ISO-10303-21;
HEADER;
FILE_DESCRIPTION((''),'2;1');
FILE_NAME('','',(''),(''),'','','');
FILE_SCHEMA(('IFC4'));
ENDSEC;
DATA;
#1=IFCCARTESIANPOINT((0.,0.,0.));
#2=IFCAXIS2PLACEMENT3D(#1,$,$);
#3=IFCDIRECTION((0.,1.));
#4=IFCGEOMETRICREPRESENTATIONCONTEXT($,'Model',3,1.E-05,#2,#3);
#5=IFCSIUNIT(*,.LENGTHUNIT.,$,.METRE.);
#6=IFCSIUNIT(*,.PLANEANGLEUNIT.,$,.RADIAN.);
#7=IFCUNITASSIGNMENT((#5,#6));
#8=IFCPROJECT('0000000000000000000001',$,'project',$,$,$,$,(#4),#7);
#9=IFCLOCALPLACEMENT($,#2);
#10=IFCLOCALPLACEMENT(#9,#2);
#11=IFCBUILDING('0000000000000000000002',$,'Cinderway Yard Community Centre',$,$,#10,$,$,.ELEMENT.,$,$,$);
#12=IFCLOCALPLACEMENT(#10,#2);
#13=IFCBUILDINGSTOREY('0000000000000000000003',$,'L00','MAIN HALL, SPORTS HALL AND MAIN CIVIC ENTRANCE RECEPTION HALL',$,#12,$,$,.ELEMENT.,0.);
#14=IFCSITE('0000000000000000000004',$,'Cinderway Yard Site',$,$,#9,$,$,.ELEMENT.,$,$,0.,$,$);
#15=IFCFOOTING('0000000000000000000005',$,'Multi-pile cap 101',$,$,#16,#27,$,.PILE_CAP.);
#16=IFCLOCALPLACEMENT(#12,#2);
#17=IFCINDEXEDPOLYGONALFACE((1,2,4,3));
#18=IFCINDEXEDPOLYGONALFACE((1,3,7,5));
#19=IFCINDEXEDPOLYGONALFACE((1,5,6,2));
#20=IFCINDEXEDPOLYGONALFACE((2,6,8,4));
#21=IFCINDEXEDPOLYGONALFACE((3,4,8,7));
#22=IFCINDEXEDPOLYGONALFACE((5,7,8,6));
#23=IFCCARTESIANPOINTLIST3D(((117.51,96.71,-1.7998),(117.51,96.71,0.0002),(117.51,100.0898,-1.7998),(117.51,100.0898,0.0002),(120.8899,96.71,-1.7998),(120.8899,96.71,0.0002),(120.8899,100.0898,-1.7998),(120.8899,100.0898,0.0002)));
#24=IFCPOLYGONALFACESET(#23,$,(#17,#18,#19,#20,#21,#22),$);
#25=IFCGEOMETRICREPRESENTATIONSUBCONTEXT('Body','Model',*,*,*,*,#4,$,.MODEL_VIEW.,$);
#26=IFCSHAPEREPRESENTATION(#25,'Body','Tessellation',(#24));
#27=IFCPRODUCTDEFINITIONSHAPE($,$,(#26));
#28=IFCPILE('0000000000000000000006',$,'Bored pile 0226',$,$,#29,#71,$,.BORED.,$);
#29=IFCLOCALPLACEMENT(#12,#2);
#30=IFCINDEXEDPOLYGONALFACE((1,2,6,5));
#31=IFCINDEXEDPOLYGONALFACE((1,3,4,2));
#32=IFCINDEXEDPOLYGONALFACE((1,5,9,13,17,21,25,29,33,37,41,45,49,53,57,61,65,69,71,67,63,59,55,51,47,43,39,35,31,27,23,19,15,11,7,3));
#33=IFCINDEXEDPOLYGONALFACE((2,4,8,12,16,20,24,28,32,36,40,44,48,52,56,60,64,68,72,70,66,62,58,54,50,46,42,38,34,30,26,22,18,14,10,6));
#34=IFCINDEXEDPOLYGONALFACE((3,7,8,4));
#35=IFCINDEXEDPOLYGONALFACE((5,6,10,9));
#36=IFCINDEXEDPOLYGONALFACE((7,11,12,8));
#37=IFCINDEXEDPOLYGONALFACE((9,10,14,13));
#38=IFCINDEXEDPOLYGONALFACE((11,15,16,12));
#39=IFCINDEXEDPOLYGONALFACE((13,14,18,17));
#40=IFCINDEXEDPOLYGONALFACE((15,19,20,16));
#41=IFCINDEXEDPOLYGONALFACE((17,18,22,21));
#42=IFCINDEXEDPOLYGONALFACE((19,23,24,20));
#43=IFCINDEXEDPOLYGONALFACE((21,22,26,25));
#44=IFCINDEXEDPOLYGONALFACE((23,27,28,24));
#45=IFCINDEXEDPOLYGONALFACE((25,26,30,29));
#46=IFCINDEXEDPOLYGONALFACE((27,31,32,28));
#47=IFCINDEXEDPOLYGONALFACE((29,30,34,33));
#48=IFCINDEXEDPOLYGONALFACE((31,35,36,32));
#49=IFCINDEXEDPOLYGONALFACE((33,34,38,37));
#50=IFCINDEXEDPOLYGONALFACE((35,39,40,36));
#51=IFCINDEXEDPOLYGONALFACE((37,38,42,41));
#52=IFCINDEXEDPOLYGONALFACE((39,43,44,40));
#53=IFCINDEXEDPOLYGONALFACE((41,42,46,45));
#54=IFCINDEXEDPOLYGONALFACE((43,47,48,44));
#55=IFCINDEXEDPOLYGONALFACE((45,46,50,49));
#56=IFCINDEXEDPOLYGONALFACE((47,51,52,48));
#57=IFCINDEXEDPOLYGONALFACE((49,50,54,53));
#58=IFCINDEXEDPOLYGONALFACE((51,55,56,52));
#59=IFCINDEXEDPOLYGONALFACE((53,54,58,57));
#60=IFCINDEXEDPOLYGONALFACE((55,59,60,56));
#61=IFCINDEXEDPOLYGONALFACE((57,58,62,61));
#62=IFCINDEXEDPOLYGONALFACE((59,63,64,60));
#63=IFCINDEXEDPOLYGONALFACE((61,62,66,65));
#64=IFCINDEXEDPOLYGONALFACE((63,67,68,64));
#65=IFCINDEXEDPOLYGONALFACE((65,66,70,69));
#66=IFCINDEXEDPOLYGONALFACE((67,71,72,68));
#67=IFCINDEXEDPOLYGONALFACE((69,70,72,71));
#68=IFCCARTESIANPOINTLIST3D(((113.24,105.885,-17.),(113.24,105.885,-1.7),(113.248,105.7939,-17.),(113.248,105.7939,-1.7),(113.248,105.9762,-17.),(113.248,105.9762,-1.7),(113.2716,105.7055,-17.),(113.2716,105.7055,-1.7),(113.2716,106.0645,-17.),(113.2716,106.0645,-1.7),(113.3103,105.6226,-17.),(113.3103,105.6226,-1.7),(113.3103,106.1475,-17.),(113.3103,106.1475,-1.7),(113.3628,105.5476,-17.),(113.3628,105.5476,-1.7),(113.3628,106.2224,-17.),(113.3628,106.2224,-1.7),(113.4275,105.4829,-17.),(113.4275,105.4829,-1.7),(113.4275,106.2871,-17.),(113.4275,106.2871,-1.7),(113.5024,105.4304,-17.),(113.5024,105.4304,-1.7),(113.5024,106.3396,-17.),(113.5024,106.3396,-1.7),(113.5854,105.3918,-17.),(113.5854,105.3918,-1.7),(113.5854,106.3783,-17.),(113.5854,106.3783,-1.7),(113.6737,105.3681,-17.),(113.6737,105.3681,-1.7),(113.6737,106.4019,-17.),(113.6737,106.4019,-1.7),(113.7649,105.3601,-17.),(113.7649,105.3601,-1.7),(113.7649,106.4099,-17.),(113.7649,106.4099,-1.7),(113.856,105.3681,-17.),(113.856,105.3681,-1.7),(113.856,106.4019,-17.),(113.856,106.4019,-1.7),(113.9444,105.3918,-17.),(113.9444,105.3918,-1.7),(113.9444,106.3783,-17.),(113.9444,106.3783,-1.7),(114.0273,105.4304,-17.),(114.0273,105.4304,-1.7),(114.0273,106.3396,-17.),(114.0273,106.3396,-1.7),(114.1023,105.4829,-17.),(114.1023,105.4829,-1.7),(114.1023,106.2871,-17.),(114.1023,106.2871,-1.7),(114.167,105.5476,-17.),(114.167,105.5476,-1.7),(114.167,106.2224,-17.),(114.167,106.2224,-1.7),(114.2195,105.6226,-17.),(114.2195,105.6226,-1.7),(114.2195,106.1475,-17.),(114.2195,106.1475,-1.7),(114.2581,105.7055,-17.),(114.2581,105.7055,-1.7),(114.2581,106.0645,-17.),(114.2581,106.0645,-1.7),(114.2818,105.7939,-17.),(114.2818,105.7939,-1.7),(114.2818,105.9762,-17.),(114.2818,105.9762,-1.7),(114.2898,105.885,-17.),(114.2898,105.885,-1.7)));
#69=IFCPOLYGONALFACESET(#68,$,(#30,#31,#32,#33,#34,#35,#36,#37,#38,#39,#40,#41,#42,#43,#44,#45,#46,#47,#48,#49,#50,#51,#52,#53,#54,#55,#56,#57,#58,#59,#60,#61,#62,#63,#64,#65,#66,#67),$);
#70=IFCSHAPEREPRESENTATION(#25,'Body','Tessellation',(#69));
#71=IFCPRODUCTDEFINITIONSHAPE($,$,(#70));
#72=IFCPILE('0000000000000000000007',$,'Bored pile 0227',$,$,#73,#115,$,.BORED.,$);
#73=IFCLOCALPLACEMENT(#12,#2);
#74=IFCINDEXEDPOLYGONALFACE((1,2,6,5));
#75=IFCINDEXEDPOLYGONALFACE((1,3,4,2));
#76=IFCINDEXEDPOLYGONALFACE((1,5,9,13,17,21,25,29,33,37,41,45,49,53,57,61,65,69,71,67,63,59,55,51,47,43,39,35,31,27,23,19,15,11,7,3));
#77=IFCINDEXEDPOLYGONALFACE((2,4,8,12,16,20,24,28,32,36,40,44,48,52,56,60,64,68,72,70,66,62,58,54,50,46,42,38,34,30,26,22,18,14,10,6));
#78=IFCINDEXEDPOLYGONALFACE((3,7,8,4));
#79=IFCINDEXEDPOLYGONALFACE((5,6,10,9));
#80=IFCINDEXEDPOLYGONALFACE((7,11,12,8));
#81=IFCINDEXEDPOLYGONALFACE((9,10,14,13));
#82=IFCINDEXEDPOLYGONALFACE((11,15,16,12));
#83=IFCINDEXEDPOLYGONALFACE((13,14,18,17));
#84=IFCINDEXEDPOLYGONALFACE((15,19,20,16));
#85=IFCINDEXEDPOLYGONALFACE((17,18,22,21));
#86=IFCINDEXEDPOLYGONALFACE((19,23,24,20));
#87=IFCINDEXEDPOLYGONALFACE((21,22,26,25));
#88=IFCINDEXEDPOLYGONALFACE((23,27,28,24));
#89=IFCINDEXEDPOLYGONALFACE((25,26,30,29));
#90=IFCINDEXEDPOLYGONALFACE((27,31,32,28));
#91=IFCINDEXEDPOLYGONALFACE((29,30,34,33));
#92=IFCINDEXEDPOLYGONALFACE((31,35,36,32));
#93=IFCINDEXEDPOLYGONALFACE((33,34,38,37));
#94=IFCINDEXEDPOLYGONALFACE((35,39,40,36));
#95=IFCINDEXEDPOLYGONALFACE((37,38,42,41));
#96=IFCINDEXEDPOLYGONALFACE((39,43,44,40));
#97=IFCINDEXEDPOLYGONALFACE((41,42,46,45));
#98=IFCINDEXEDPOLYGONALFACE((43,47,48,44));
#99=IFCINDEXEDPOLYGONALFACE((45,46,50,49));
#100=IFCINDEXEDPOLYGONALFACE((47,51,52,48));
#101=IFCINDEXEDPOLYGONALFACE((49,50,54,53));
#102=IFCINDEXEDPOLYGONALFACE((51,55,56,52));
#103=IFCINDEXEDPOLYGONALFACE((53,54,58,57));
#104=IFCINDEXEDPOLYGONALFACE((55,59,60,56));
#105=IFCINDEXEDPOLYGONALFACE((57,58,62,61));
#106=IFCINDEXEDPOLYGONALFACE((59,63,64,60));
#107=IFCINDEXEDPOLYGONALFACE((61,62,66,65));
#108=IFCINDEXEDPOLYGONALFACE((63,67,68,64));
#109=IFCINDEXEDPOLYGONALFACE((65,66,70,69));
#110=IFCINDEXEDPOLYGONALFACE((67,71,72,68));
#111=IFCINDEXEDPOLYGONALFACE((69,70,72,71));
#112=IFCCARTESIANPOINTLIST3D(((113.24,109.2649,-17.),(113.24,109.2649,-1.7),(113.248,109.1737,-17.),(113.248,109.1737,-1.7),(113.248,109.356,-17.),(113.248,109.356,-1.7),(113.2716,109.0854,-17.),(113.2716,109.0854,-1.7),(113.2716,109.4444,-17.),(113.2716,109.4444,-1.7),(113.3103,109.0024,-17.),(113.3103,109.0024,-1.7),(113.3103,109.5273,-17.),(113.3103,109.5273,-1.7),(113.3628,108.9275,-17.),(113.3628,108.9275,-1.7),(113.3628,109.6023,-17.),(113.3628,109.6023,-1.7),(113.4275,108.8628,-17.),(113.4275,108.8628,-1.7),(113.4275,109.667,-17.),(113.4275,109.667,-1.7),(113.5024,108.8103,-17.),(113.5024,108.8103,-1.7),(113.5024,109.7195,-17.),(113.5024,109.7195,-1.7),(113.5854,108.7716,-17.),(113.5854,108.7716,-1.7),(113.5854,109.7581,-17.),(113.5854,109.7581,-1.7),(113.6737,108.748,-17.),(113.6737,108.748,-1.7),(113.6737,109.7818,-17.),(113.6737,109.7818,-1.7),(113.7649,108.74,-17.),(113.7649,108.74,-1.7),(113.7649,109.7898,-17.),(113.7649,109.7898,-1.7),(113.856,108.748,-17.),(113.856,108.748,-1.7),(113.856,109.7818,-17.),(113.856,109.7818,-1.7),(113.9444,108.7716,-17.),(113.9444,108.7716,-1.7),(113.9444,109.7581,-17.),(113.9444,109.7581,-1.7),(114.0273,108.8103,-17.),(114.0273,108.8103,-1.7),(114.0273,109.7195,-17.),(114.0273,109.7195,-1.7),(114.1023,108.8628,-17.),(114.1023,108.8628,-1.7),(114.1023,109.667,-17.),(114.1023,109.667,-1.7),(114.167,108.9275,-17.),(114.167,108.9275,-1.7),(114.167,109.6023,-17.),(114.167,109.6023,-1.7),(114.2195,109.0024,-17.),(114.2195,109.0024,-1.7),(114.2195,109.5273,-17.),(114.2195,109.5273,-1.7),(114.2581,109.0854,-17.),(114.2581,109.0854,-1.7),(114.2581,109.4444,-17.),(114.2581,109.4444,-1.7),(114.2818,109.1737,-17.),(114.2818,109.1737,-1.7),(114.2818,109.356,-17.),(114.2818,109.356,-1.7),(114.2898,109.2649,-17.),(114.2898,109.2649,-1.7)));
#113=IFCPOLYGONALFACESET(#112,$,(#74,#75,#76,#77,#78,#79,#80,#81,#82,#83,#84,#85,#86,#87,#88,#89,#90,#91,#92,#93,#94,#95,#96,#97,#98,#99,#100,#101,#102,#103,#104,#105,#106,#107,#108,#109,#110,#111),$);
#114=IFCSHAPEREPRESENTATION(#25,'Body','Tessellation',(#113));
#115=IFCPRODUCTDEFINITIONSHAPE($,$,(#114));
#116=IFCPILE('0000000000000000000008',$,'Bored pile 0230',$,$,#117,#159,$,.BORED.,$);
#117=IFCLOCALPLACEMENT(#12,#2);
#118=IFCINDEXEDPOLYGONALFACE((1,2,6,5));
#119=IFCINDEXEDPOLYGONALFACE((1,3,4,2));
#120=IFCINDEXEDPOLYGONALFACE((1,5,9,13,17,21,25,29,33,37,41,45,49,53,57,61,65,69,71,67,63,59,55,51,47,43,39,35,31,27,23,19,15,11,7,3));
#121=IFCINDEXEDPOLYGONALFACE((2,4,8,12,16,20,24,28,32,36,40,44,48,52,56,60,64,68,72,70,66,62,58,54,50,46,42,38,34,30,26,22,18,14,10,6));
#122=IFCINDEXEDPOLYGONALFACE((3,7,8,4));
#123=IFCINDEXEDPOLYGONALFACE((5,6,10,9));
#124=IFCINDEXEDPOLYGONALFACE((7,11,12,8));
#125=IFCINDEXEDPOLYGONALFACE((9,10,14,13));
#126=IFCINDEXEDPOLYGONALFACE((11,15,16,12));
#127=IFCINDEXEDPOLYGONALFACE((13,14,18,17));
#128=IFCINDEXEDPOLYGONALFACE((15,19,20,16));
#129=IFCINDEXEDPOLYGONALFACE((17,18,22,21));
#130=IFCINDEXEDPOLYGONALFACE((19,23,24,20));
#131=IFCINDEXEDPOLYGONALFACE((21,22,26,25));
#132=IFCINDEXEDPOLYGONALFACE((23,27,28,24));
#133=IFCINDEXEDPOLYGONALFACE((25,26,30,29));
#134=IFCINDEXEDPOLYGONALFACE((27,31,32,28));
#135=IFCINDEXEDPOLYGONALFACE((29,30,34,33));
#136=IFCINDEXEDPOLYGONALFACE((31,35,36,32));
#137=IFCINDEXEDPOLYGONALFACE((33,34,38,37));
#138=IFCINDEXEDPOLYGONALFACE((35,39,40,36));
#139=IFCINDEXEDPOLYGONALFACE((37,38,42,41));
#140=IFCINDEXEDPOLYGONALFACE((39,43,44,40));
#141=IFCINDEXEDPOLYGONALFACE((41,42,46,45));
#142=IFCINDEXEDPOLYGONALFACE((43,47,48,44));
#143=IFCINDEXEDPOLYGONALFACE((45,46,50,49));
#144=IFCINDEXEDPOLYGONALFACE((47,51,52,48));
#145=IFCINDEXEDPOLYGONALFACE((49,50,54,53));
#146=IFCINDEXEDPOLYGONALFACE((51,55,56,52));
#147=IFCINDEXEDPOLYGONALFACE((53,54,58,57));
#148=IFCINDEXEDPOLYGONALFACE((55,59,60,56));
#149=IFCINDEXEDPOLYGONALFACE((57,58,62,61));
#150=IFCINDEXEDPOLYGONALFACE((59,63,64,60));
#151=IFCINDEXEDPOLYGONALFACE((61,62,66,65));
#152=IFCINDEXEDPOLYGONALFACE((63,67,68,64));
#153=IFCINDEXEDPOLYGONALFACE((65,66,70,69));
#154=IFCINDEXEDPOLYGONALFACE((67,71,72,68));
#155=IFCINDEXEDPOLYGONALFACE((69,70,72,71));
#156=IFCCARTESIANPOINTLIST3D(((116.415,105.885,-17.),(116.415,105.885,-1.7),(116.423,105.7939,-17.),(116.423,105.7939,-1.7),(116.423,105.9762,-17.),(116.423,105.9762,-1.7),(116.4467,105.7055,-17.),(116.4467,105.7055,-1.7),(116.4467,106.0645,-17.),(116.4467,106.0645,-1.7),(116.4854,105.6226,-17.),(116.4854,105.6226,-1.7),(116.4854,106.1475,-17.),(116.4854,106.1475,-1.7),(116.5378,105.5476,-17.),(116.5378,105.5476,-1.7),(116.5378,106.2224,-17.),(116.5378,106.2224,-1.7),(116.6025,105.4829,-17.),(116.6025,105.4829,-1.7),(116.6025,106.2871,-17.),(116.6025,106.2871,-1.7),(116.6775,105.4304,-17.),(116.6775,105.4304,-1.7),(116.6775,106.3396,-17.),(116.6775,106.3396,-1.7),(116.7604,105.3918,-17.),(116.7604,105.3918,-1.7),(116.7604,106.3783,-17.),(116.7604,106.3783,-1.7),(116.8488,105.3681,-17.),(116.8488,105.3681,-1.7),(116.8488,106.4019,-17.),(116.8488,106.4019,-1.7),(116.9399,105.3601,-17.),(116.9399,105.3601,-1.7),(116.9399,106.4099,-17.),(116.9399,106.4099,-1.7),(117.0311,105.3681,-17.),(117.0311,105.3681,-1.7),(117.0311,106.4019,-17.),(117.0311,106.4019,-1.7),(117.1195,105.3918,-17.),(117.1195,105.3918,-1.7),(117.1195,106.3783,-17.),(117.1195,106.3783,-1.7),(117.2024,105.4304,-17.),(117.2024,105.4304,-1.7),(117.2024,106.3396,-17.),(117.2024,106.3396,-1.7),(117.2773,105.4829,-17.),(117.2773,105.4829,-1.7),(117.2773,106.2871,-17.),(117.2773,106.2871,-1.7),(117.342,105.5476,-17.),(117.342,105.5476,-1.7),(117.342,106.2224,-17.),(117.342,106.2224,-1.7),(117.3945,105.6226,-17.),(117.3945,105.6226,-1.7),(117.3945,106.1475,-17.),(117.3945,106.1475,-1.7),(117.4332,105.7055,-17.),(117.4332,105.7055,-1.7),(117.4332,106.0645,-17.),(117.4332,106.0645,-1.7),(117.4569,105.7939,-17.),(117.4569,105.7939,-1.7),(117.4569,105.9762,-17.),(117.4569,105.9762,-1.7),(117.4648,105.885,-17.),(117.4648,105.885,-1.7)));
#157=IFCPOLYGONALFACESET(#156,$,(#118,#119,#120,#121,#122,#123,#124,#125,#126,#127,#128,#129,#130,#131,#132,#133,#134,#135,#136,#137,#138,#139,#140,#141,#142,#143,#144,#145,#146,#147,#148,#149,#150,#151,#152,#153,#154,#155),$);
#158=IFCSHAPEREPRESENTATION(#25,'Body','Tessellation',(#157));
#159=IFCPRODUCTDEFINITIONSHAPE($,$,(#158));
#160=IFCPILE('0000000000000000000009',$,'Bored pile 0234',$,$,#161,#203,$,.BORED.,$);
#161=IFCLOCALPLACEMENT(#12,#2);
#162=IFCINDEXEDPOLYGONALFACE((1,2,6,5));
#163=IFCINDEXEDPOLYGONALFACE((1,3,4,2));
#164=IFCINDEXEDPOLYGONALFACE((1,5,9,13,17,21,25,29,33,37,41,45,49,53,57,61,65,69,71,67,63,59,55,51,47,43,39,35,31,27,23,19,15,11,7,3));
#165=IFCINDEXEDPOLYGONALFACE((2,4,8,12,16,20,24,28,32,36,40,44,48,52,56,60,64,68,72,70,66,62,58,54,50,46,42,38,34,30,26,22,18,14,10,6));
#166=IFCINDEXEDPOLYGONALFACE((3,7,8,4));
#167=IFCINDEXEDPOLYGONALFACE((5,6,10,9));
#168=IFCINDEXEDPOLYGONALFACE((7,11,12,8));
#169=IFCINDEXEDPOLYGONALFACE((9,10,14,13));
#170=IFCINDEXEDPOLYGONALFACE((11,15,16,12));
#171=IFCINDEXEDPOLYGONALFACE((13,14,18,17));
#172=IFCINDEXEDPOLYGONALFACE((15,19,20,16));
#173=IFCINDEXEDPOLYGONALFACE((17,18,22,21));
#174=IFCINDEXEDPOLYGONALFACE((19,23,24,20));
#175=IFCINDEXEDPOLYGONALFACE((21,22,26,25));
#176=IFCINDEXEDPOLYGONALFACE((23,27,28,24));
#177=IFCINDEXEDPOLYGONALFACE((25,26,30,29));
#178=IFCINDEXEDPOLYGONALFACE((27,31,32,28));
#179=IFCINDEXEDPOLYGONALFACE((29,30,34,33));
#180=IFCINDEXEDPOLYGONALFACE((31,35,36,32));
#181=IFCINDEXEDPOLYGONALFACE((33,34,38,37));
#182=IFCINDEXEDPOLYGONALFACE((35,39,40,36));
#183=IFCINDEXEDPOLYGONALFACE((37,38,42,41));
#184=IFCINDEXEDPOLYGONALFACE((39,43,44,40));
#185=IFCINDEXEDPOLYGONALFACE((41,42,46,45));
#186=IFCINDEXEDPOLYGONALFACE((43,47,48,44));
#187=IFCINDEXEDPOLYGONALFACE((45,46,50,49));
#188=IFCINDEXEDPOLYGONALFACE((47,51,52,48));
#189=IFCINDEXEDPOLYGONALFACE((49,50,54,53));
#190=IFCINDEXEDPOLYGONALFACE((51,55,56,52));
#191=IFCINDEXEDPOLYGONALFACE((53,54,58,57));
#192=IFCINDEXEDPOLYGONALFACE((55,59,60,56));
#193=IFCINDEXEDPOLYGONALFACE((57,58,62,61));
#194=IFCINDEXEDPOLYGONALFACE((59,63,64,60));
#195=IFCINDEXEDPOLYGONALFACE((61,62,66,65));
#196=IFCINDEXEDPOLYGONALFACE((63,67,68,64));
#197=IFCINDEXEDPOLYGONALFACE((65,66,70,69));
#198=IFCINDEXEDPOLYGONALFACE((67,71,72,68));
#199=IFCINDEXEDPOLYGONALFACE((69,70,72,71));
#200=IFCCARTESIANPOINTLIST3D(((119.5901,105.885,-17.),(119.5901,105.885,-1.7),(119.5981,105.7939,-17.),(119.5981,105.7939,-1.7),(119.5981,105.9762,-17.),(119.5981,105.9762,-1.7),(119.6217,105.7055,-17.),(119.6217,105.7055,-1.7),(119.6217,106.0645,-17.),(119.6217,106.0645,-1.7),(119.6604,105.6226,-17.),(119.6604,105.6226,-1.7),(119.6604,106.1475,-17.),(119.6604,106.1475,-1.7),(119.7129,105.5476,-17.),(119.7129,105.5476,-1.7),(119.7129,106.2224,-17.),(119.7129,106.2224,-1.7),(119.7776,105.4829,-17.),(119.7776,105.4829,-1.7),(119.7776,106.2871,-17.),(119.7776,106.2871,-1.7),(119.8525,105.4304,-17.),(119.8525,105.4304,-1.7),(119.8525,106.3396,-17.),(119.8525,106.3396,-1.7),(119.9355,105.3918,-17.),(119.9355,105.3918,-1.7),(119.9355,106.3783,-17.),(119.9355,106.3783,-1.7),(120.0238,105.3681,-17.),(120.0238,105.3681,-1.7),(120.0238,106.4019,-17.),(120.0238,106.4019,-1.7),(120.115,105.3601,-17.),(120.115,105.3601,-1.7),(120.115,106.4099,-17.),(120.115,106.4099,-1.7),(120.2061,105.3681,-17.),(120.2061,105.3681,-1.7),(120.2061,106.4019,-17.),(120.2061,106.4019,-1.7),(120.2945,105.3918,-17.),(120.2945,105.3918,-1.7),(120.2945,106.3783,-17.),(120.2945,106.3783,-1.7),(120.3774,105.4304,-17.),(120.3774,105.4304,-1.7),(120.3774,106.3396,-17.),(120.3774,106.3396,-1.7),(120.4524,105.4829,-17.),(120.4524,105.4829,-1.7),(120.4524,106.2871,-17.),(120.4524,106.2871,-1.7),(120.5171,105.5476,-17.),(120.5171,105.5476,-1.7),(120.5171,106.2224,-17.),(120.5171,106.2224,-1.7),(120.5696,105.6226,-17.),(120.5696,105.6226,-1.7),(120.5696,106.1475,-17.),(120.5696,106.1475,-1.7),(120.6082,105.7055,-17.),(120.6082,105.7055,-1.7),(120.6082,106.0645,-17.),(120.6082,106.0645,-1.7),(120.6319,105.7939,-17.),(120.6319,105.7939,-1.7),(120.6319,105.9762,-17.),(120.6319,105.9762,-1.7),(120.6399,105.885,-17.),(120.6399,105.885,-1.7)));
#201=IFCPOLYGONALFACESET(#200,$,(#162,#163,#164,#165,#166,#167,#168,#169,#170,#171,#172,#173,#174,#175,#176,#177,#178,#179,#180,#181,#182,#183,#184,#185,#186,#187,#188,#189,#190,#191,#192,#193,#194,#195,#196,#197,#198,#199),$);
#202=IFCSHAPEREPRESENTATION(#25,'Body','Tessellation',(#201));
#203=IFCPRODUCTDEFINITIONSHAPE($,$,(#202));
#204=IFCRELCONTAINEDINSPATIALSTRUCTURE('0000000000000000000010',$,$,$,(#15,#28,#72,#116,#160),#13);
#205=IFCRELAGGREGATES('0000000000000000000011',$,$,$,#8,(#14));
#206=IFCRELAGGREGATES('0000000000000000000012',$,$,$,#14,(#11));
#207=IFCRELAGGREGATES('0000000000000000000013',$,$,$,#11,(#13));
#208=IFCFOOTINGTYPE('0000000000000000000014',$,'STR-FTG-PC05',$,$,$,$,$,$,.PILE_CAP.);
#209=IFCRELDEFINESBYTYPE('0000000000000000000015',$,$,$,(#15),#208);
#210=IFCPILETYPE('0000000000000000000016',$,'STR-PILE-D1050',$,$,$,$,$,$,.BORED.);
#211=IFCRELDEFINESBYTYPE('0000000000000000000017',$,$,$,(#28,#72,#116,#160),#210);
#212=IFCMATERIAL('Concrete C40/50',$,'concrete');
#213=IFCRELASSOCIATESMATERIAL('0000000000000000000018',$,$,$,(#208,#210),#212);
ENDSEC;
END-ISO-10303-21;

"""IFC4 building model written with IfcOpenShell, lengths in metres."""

from ifc_helpers import new_model, si_unit, direction, frame, origin, origin_2d, place, context, subcontext, project, spatial, rectangle, circle, extrude, material, material_profile, profile_set, type_object, element, save


model = new_model("IFC4")

# Units and contexts
model_context = context("Model", 3, precision=1e-05, world=origin(), true_north=direction((0.0, 1.0)))
body_context = subcontext(model_context, "Body", "Model", "MODEL_VIEW")
ifc_project = project(units=[si_unit("LENGTHUNIT", "METRE"), si_unit("PLANEANGLEUNIT", "RADIAN")], contexts=[model_context])

# Site, building, storey
site_placement = place(None, origin())
site = spatial("IfcSite", under=ifc_project, at=site_placement, Name="Cinderway Yard Site", CompositionType="ELEMENT", RefElevation=0.0)
building_placement = place(site_placement, origin())
building = spatial("IfcBuilding", under=site, at=building_placement, Name="Cinderway Yard Community Centre", CompositionType="ELEMENT")
storey_placement = place(building_placement, origin())
storey = spatial("IfcBuildingStorey", under=building, at=storey_placement, Name="L00", Description="MAIN HALL, SPORTS HALL AND MAIN CIVIC ENTRANCE RECEPTION HALL", CompositionType="ELEMENT", Elevation=0.0)

# Footing
ifc_material_1 = material(Name="Concrete C40/50", Category="concrete")
footing_type = type_object("IfcFootingType", Name="STR-FTG-PC05", PredefinedType="PILE_CAP", material=ifc_material_1)
footing_placement = place(storey_placement, frame((119.2, 98.3999, -1.7998), z_axis=(0.0, 0.0, 1.0), x_axis=(1.0, 0.0, 0.0)))
element("IfcFooting", 1, at=footing_placement, inside=storey, type_object=footing_type, Name="Multi-pile cap 101", PredefinedType="PILE_CAP", context=body_context, shape_type="SweptSolid", body=[
    extrude(rectangle(XDim=3.3799, YDim=3.3799, at=origin_2d()), origin(), (0.0, 0.0, 1.0), 1.8),
])

# Piles
ifc_material_profile_1 = material_profile(ifc_material_1, circle(Radius=0.5249, at=origin_2d()), Name="Concrete C40/50")
ifc_profile_set_1 = profile_set([ifc_material_profile_1], Name="Concrete C40/50")
pile_type_1 = type_object("IfcPileType", Name="STR-PILE-D1050", PredefinedType="BORED", material=ifc_profile_set_1)
for number, where, z_axis, x_axis, name in (
    (2, (113.7649, 105.885, -1.7), (0.0, 0.0, -1.0), (1.0, 0.0, 0.0), "Bored pile 0226"),
    (3, (113.7649, 109.2649, -1.7), (0.0, 0.0, -1.0), (1.0, 0.0, 0.0), "Bored pile 0227"),
    (4, (116.9399, 105.885, -1.7), (0.0, 0.0, -1.0), (1.0, 0.0, 0.0), "Bored pile 0230"),
    (5, (120.115, 105.885, -1.7), (0.0, 0.0, -1.0), (1.0, 0.0, 0.0), "Bored pile 0234"),
):
    element("IfcPile", number, at=place(storey_placement, frame(where, z_axis=z_axis, x_axis=x_axis)), inside=storey, type_object=pile_type_1, Name=name, PredefinedType="BORED", context=body_context, shape_type="SweptSolid", body=[
        extrude(circle(Radius=0.5249, at=origin_2d()), origin(), (0.0, 0.0, 1.0), 15.3),
    ])

save(model, "model.ifc")
